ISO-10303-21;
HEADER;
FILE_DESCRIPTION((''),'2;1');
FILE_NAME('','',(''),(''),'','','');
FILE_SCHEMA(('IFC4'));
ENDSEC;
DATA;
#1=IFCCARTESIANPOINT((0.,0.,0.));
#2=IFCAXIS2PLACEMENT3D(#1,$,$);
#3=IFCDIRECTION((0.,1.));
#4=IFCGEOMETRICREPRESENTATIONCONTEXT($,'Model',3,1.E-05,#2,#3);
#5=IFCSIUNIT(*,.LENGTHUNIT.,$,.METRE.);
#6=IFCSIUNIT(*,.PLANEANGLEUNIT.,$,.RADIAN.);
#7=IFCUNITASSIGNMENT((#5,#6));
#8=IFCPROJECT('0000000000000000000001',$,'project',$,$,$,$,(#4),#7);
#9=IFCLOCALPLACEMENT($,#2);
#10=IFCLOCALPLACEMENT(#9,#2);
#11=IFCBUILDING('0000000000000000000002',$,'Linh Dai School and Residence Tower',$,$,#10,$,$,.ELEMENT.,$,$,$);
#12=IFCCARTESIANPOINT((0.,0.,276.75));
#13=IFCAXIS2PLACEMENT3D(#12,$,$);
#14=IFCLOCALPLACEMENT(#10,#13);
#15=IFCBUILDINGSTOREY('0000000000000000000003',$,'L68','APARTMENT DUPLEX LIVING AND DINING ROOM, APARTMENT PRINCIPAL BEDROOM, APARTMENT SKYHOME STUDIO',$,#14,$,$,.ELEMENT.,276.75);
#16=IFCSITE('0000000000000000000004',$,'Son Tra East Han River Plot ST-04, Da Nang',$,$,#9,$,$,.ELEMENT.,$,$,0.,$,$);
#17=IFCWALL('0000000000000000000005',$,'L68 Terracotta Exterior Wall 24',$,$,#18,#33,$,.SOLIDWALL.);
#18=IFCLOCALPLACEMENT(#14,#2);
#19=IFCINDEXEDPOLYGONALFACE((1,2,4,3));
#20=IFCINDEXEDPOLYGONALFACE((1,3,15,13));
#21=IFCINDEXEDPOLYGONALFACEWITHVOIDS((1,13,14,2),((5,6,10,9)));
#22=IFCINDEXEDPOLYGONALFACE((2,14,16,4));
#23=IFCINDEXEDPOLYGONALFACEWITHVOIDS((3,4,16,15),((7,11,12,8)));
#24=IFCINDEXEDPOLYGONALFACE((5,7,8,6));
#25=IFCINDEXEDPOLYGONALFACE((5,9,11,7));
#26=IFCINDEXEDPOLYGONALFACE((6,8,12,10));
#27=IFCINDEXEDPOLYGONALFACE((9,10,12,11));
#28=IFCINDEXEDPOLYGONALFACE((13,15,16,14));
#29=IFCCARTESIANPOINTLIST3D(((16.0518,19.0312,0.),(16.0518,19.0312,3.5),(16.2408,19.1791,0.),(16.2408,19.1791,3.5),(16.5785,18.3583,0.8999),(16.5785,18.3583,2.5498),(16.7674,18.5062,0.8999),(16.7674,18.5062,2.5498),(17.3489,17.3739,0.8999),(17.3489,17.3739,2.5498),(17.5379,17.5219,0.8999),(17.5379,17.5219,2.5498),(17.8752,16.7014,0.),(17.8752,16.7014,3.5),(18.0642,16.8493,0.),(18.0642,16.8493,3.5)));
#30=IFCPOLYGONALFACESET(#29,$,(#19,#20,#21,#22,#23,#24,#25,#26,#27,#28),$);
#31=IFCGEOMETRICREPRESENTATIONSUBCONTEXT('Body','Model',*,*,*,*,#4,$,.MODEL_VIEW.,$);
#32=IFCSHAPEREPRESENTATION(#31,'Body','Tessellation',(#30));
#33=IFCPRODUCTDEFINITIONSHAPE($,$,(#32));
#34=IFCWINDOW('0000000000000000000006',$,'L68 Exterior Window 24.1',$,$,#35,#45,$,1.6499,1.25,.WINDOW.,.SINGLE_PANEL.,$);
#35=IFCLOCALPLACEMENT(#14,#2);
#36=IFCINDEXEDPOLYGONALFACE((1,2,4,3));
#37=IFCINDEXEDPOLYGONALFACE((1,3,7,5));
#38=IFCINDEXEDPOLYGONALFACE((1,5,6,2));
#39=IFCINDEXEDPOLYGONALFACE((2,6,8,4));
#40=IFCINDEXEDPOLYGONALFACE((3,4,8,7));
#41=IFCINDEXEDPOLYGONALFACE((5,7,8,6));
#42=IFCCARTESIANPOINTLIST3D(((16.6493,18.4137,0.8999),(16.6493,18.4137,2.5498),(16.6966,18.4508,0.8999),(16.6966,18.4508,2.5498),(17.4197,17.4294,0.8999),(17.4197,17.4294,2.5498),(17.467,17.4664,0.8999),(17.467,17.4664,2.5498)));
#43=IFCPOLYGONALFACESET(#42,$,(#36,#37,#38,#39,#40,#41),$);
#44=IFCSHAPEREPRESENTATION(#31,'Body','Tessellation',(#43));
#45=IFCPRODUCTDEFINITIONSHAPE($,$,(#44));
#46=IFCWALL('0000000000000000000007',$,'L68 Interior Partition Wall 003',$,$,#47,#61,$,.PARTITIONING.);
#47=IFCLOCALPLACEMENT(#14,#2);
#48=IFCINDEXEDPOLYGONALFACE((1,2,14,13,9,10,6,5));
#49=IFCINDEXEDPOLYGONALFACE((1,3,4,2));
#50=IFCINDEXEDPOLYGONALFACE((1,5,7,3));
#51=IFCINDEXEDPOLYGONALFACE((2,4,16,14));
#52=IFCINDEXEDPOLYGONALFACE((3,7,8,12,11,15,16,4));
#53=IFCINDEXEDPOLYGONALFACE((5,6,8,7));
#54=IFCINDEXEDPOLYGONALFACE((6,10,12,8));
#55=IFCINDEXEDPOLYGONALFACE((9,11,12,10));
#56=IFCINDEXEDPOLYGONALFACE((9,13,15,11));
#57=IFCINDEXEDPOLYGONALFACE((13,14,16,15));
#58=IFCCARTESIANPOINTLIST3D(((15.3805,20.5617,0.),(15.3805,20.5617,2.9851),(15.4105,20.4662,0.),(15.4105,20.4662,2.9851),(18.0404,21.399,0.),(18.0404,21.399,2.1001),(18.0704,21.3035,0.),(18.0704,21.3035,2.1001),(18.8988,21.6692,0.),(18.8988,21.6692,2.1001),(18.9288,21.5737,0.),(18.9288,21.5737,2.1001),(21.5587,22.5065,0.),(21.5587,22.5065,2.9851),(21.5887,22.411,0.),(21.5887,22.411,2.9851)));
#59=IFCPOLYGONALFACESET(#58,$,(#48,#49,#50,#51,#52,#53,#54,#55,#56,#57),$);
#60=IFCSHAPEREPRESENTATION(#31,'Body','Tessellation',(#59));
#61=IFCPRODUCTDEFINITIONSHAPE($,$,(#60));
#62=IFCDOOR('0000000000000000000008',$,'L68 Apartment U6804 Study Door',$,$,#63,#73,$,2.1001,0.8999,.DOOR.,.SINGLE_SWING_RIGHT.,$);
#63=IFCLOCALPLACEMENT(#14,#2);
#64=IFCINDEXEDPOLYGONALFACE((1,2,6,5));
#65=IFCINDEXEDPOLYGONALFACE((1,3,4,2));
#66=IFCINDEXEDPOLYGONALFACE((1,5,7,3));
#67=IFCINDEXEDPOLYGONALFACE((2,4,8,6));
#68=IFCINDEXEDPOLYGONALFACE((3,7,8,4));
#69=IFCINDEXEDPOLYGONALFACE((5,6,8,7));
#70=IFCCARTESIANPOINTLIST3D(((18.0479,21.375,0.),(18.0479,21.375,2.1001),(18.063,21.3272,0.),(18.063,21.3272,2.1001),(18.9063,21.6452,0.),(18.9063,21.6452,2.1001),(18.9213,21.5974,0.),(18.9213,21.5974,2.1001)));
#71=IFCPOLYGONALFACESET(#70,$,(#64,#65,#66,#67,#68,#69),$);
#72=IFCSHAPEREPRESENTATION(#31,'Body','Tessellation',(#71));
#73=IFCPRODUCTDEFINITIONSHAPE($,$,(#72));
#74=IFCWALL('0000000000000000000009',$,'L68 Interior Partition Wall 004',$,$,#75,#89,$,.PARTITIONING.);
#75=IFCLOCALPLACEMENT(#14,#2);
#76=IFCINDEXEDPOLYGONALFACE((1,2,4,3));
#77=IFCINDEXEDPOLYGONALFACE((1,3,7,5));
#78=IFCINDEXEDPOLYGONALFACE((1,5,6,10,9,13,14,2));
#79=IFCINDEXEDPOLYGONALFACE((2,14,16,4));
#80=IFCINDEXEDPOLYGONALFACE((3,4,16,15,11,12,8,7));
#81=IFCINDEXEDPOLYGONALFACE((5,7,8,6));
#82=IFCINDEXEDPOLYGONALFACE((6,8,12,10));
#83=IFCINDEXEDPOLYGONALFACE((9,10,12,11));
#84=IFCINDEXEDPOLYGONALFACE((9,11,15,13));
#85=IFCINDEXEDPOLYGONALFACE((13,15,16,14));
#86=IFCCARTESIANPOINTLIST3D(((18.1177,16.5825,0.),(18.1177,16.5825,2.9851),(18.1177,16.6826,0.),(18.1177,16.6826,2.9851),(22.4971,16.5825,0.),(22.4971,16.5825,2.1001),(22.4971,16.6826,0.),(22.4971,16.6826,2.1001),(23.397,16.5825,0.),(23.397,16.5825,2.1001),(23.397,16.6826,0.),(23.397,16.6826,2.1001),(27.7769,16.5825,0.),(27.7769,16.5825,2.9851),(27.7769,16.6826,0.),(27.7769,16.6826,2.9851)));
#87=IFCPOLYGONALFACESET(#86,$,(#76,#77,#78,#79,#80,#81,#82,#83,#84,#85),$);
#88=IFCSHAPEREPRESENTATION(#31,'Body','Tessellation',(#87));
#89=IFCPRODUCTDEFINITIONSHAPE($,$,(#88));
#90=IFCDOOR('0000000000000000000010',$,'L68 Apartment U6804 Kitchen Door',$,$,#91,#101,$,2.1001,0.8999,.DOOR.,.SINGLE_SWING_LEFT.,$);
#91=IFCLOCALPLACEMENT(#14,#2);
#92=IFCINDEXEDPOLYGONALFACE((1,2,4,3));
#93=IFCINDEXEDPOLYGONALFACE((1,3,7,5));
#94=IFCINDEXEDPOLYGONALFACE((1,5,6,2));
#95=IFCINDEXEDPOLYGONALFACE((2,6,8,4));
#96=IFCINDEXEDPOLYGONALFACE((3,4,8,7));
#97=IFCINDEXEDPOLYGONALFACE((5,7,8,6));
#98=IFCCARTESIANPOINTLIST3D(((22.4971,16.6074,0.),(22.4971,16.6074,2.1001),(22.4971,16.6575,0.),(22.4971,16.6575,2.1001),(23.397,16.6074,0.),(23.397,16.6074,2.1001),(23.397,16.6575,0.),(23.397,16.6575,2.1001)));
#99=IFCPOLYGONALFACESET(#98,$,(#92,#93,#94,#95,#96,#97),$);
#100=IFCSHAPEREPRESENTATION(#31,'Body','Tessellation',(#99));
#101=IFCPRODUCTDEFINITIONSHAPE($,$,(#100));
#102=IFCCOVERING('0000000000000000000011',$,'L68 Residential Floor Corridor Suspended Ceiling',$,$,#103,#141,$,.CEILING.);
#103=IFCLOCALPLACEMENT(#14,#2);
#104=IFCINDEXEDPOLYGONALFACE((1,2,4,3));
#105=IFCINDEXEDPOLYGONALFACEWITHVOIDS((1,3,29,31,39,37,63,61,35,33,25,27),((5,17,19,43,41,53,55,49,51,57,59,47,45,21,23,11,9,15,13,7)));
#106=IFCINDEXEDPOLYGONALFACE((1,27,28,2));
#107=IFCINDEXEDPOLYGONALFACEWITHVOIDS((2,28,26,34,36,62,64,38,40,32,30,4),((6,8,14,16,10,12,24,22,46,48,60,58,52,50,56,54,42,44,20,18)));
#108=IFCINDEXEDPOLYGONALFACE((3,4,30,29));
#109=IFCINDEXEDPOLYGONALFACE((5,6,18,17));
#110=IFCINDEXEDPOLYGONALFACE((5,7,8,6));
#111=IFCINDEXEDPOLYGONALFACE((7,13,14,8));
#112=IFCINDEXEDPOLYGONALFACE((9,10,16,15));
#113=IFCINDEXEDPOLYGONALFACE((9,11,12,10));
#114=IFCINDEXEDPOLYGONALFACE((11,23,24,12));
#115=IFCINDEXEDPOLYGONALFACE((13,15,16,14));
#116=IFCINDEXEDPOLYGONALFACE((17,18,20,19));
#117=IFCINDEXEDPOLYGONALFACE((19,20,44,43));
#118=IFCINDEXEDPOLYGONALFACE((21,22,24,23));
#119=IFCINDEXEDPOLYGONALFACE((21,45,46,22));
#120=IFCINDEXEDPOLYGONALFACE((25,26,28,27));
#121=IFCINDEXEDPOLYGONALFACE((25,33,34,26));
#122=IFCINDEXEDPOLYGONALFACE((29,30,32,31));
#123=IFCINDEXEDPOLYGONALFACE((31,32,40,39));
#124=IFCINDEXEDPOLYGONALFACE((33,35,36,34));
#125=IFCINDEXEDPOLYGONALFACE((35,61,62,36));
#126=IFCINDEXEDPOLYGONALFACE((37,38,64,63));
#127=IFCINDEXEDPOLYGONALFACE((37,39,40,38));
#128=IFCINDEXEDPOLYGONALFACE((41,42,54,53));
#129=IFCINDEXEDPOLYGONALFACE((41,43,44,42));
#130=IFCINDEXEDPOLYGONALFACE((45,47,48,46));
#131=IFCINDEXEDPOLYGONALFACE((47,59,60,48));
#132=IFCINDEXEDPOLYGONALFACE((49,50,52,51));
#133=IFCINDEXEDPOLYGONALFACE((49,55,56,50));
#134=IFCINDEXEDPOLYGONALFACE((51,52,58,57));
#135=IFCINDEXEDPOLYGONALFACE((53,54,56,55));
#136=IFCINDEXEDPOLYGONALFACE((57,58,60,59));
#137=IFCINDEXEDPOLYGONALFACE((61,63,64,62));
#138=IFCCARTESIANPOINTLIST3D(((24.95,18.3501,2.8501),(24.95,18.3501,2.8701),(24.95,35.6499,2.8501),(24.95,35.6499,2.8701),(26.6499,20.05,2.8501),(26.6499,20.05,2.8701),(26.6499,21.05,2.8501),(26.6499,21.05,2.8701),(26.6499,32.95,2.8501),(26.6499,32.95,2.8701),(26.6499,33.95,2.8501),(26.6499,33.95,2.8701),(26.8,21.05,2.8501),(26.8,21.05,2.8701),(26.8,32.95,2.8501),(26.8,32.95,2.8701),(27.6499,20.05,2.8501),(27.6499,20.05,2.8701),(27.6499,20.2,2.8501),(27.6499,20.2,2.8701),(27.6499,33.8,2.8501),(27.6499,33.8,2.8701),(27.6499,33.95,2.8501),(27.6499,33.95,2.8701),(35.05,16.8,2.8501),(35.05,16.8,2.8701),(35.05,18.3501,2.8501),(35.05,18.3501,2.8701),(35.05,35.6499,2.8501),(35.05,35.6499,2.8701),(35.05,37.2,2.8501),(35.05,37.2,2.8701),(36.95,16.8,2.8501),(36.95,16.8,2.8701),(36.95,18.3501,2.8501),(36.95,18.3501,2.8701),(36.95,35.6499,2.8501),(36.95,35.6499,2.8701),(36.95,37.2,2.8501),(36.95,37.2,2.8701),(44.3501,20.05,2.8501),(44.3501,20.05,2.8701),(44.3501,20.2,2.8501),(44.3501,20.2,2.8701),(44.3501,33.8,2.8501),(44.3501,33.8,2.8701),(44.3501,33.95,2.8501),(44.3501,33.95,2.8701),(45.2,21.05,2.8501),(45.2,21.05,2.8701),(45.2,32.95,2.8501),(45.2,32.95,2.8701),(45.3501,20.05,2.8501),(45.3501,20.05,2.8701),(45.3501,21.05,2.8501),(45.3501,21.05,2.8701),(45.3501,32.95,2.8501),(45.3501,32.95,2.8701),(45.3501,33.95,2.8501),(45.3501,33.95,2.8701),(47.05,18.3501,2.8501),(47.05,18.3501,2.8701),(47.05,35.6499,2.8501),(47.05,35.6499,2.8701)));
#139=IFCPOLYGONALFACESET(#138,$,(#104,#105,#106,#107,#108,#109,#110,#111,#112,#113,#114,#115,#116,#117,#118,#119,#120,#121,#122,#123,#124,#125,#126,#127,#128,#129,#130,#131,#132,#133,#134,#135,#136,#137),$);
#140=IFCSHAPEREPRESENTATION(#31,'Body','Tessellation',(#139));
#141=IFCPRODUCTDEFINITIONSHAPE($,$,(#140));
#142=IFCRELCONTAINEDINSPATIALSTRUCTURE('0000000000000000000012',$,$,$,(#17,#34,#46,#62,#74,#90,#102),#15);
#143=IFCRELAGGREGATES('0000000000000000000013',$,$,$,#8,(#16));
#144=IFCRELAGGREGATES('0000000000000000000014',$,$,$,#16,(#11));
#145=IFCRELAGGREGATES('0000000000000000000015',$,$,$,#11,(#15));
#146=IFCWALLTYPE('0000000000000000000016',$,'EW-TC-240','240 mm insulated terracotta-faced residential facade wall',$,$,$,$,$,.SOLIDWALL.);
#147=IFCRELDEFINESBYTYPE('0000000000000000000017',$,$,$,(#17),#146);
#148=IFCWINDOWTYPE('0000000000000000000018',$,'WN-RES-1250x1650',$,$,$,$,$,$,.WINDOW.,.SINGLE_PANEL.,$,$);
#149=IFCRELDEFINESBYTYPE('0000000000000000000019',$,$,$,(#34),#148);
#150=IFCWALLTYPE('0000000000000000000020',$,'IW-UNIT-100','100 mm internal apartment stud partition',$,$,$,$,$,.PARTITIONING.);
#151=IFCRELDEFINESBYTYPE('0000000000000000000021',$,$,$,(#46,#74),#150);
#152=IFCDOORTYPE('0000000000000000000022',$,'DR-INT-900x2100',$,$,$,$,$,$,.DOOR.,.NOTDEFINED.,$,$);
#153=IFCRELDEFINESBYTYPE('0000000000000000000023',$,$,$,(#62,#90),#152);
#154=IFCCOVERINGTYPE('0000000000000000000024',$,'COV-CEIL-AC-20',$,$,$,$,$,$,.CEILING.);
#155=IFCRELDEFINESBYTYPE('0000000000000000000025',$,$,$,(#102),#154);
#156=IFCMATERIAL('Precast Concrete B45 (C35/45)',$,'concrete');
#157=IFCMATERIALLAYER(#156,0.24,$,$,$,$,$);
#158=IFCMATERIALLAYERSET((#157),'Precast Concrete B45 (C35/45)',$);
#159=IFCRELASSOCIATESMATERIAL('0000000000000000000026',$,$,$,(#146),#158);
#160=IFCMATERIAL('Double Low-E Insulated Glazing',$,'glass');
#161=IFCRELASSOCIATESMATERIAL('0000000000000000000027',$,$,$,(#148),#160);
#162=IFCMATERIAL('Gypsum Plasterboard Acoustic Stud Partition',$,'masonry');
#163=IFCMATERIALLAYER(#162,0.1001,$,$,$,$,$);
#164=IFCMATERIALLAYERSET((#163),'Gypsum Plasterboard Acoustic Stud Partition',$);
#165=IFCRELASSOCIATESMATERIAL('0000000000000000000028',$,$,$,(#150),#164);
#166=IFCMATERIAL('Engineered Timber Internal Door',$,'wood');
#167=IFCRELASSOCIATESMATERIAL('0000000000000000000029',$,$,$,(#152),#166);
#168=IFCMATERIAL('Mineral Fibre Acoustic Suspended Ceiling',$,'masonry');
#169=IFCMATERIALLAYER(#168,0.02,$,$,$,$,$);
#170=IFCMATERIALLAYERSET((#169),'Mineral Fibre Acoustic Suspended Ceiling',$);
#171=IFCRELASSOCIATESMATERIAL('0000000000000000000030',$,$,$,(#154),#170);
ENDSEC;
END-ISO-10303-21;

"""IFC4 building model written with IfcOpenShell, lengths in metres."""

from ifc_helpers import new_model, si_unit, direction, frame, frame_2d, origin, origin_2d, place, context, subcontext, project, spatial, polyline, rectangle, outline, extrude, source, transform, mapped, material, layer, layer_set, type_object, element, fill, save


model = new_model("IFC4")

# Units and contexts
model_context = context("Model", 3, precision=1e-05, world=origin(), true_north=direction((0.0, 1.0)))
body_context = subcontext(model_context, "Body", "Model", "MODEL_VIEW")
ifc_project = project(units=[si_unit("LENGTHUNIT", "METRE"), si_unit("PLANEANGLEUNIT", "RADIAN")], contexts=[model_context])

# Site, building, storey
site_placement = place(None, origin())
site = spatial("IfcSite", under=ifc_project, at=site_placement, Name="Son Tra East Han River Plot ST-04, Da Nang", CompositionType="ELEMENT", RefElevation=0.0)
building_placement = place(site_placement, origin())
building = spatial("IfcBuilding", under=site, at=building_placement, Name="Linh Dai School and Residence Tower", CompositionType="ELEMENT")
storey_placement = place(building_placement, frame((0.0, 0.0, 276.75)))
storey = spatial("IfcBuildingStorey", under=building, at=storey_placement, Name="L68", Description="APARTMENT DUPLEX LIVING AND DINING ROOM, APARTMENT PRINCIPAL BEDROOM, APARTMENT SKYHOME STUDIO", CompositionType="ELEMENT", Elevation=276.75)

# Shared definitions
ifc_material_1 = material(Name="Precast Concrete B45 (C35/45)", Category="concrete")

# Shared definitions
ifc_layer_1 = layer(ifc_material_1, 0.24)
ifc_layer_set_1 = layer_set([ifc_layer_1], Name="Precast Concrete B45 (C35/45)")
wall_type_1 = type_object("IfcWallType", Name="EW-TC-240", Description="240 mm insulated terracotta-faced residential facade wall", PredefinedType="SOLIDWALL", material=ifc_layer_set_1)

# Wall, opening, window
wall_1_placement = place(storey_placement, frame((17.9697, 16.7754, 0.0), z_axis=(0.0, 0.0, 1.0), x_axis=(-0.616337, 0.787482, 0.0)))
wall_1 = element("IfcWall", 1, at=wall_1_placement, inside=storey, type_object=wall_type_1, Name="L68 Terracotta Exterior Wall 24", PredefinedType="SOLIDWALL", context=body_context, shape_type="SweptSolid", body=[
    extrude(rectangle(XDim=2.9585, YDim=0.24, at=frame_2d((1.4792, 0.0))), origin(), (0.0, 0.0, 1.0), 3.5),
])
opening_1_placement = place(wall_1_placement, frame((0.854, 0.0, 0.8999)))
opening_1 = element("IfcOpeningElement", 2, at=opening_1_placement, cuts=wall_1, PredefinedType="OPENING", context=body_context, shape_type="SweptSolid", body=[
    extrude(rectangle(XDim=1.25, YDim=1.6499, at=origin_2d()), frame((0.625, 0.1299, 0.825), z_axis=(0.0, -1.0, 0.0), x_axis=(1.0, 0.0, 0.0)), (0.0, 0.0, 1.0), 0.26),
])
ifc_material_2 = material(Name="Double Low-E Insulated Glazing", Category="glass")
window_type = type_object("IfcWindowType", Name="WN-RES-1250x1650", PartitioningType="SINGLE_PANEL", PredefinedType="WINDOW", material=ifc_material_2)
shared_shape_1 = source(origin(), body_context, "Body", "SweptSolid", [
    extrude(rectangle(XDim=1.25, YDim=1.6499, at=origin_2d()), frame((0.625, 0.03, 0.825), z_axis=(0.0, -1.0, 0.0), x_axis=(1.0, 0.0, 0.0)), (0.0, 0.0, 1.0), 0.0601),
])
window_placement = place(opening_1_placement, origin())
window = element("IfcWindow", 3, at=window_placement, inside=storey, type_object=window_type, Name="L68 Exterior Window 24.1", OverallHeight=1.6499, OverallWidth=1.25, PartitioningType="SINGLE_PANEL", PredefinedType="WINDOW", context=body_context, shape_type="MappedRepresentation", body=[
    mapped(shared_shape_1, transform((0.0, 0.0, 0.0), x_axis=(1.0, 0.0, 0.0), y_axis=(0.0, 1.0, 0.0), z_axis=(0.0, 0.0, 1.0), scale=1.0)),
])
fill(opening_1, window)

# Walls, openings, doors
ifc_material_3 = material(Name="Gypsum Plasterboard Acoustic Stud Partition", Category="masonry")
ifc_layer_2 = layer(ifc_material_3, 0.1001)
ifc_layer_set_2 = layer_set([ifc_layer_2], Name="Gypsum Plasterboard Acoustic Stud Partition")
wall_type_2 = type_object("IfcWallType", Name="IW-UNIT-100", Description="100 mm internal apartment stud partition", PredefinedType="PARTITIONING", material=ifc_layer_set_2)
wall_2_placement = place(storey_placement, frame((15.3955, 20.5139, 0.0), z_axis=(0.0, 0.0, 1.0), x_axis=(0.953857, 0.300262, 0.0)))
wall_2 = element("IfcWall", 4, at=wall_2_placement, inside=storey, type_object=wall_type_2, Name="L68 Interior Partition Wall 003", PredefinedType="PARTITIONING", context=body_context, shape_type="SweptSolid", body=[
    extrude(rectangle(XDim=6.4771, YDim=0.1001, at=frame_2d((3.2385, 0.0))), origin(), (0.0, 0.0, 1.0), 2.9851),
])
opening_2_placement = place(wall_2_placement, frame((2.7886, 0.0, 0.0)))
opening_2 = element("IfcOpeningElement", 5, at=opening_2_placement, cuts=wall_2, PredefinedType="OPENING", context=body_context, shape_type="SweptSolid", body=[
    extrude(rectangle(XDim=0.8999, YDim=2.1001, at=origin_2d()), frame((0.45, 0.0601, 1.05), z_axis=(0.0, -1.0, 0.0), x_axis=(1.0, 0.0, 0.0)), (0.0, 0.0, 1.0), 0.1201),
])
ifc_material_4 = material(Name="Engineered Timber Internal Door", Category="wood")
door_type = type_object("IfcDoorType", Name="DR-INT-900x2100", OperationType="NOTDEFINED", PredefinedType="DOOR", material=ifc_material_4)
shared_shape_2 = source(origin(), body_context, "Body", "SweptSolid", [
    extrude(rectangle(XDim=0.8999, YDim=2.1001, at=origin_2d()), frame((0.45, 0.0249, 1.05), z_axis=(0.0, -1.0, 0.0), x_axis=(1.0, 0.0, 0.0)), (0.0, 0.0, 1.0), 0.05),
])
door_1_placement = place(opening_2_placement, origin())
door_1 = element("IfcDoor", 6, at=door_1_placement, inside=storey, type_object=door_type, Name="L68 Apartment U6804 Study Door", OperationType="SINGLE_SWING_RIGHT", OverallHeight=2.1001, OverallWidth=0.8999, PredefinedType="DOOR", context=body_context, shape_type="MappedRepresentation", body=[
    mapped(shared_shape_2, transform((0.0, 0.0, 0.0), x_axis=(1.0, 0.0, 0.0), y_axis=(0.0, 1.0, 0.0), z_axis=(0.0, 0.0, 1.0), scale=1.0)),
])
fill(opening_2, door_1)
wall_3_placement = place(storey_placement, frame((18.1177, 16.6326, 0.0), z_axis=(0.0, 0.0, 1.0), x_axis=(1.0, 0.0, 0.0)))
wall_3 = element("IfcWall", 7, at=wall_3_placement, inside=storey, type_object=wall_type_2, Name="L68 Interior Partition Wall 004", PredefinedType="PARTITIONING", context=body_context, shape_type="SweptSolid", body=[
    extrude(rectangle(XDim=9.6592, YDim=0.1001, at=frame_2d((4.8296, 0.0))), origin(), (0.0, 0.0, 1.0), 2.9851),
])
opening_3_placement = place(wall_3_placement, frame((4.3794, 0.0, 0.0)))
opening_3 = element("IfcOpeningElement", 8, at=opening_3_placement, cuts=wall_3, PredefinedType="OPENING", context=body_context, shape_type="SweptSolid", body=[
    extrude(rectangle(XDim=0.8999, YDim=2.1001, at=origin_2d()), frame((0.45, 0.0601, 1.05), z_axis=(0.0, -1.0, 0.0), x_axis=(1.0, 0.0, 0.0)), (0.0, 0.0, 1.0), 0.1201),
])
door_2_placement = place(opening_3_placement, origin())
door_2 = element("IfcDoor", 9, at=door_2_placement, inside=storey, type_object=door_type, Name="L68 Apartment U6804 Kitchen Door", OperationType="SINGLE_SWING_LEFT", OverallHeight=2.1001, OverallWidth=0.8999, PredefinedType="DOOR", context=body_context, shape_type="MappedRepresentation", body=[
    mapped(shared_shape_2, transform((0.0, 0.0, 0.0), x_axis=(1.0, 0.0, 0.0), y_axis=(0.0, 1.0, 0.0), z_axis=(0.0, 0.0, 1.0), scale=1.0)),
])
fill(opening_3, door_2)

# Covering
ifc_material_5 = material(Name="Mineral Fibre Acoustic Suspended Ceiling", Category="masonry")
ifc_layer_3 = layer(ifc_material_5, 0.02)
ifc_layer_set_3 = layer_set([ifc_layer_3], Name="Mineral Fibre Acoustic Suspended Ceiling")
covering_type_1 = type_object("IfcCoveringType", Name="COV-CEIL-AC-20", PredefinedType="CEILING", material=ifc_layer_set_3)
covering_1_placement = place(storey_placement, frame((0.0, 0.0, 2.8501)))
element("IfcCovering", 10, at=covering_1_placement, inside=storey, type_object=covering_type_1, Name="L68 Residential Floor Corridor Suspended Ceiling", PredefinedType="CEILING", context=body_context, shape_type="SweptSolid", body=[
    extrude(outline(polyline([(24.95, 18.3501), (24.95, 35.6499), (35.05, 35.6499), (35.05, 37.2), (36.95, 37.2), (36.95, 35.6499), (47.05, 35.6499), (47.05, 18.3501), (36.95, 18.3501), (36.95, 16.8), (35.05, 16.8), (35.05, 18.3501), (24.95, 18.3501)]), holes=[polyline([(27.6499, 33.8), (27.6499, 33.95), (26.6499, 33.95), (26.6499, 32.95), (26.8, 32.95), (26.8, 21.05), (26.6499, 21.05), (26.6499, 20.05), (27.6499, 20.05), (27.6499, 20.2), (44.3501, 20.2), (44.3501, 20.05), (45.3501, 20.05), (45.3501, 21.05), (45.2, 21.05), (45.2, 32.95), (45.3501, 32.95), (45.3501, 33.95), (44.3501, 33.95), (44.3501, 33.8), (27.6499, 33.8)])]), origin(), (0.0, 0.0, 1.0), 0.02),
])

save(model, "model.ifc")
